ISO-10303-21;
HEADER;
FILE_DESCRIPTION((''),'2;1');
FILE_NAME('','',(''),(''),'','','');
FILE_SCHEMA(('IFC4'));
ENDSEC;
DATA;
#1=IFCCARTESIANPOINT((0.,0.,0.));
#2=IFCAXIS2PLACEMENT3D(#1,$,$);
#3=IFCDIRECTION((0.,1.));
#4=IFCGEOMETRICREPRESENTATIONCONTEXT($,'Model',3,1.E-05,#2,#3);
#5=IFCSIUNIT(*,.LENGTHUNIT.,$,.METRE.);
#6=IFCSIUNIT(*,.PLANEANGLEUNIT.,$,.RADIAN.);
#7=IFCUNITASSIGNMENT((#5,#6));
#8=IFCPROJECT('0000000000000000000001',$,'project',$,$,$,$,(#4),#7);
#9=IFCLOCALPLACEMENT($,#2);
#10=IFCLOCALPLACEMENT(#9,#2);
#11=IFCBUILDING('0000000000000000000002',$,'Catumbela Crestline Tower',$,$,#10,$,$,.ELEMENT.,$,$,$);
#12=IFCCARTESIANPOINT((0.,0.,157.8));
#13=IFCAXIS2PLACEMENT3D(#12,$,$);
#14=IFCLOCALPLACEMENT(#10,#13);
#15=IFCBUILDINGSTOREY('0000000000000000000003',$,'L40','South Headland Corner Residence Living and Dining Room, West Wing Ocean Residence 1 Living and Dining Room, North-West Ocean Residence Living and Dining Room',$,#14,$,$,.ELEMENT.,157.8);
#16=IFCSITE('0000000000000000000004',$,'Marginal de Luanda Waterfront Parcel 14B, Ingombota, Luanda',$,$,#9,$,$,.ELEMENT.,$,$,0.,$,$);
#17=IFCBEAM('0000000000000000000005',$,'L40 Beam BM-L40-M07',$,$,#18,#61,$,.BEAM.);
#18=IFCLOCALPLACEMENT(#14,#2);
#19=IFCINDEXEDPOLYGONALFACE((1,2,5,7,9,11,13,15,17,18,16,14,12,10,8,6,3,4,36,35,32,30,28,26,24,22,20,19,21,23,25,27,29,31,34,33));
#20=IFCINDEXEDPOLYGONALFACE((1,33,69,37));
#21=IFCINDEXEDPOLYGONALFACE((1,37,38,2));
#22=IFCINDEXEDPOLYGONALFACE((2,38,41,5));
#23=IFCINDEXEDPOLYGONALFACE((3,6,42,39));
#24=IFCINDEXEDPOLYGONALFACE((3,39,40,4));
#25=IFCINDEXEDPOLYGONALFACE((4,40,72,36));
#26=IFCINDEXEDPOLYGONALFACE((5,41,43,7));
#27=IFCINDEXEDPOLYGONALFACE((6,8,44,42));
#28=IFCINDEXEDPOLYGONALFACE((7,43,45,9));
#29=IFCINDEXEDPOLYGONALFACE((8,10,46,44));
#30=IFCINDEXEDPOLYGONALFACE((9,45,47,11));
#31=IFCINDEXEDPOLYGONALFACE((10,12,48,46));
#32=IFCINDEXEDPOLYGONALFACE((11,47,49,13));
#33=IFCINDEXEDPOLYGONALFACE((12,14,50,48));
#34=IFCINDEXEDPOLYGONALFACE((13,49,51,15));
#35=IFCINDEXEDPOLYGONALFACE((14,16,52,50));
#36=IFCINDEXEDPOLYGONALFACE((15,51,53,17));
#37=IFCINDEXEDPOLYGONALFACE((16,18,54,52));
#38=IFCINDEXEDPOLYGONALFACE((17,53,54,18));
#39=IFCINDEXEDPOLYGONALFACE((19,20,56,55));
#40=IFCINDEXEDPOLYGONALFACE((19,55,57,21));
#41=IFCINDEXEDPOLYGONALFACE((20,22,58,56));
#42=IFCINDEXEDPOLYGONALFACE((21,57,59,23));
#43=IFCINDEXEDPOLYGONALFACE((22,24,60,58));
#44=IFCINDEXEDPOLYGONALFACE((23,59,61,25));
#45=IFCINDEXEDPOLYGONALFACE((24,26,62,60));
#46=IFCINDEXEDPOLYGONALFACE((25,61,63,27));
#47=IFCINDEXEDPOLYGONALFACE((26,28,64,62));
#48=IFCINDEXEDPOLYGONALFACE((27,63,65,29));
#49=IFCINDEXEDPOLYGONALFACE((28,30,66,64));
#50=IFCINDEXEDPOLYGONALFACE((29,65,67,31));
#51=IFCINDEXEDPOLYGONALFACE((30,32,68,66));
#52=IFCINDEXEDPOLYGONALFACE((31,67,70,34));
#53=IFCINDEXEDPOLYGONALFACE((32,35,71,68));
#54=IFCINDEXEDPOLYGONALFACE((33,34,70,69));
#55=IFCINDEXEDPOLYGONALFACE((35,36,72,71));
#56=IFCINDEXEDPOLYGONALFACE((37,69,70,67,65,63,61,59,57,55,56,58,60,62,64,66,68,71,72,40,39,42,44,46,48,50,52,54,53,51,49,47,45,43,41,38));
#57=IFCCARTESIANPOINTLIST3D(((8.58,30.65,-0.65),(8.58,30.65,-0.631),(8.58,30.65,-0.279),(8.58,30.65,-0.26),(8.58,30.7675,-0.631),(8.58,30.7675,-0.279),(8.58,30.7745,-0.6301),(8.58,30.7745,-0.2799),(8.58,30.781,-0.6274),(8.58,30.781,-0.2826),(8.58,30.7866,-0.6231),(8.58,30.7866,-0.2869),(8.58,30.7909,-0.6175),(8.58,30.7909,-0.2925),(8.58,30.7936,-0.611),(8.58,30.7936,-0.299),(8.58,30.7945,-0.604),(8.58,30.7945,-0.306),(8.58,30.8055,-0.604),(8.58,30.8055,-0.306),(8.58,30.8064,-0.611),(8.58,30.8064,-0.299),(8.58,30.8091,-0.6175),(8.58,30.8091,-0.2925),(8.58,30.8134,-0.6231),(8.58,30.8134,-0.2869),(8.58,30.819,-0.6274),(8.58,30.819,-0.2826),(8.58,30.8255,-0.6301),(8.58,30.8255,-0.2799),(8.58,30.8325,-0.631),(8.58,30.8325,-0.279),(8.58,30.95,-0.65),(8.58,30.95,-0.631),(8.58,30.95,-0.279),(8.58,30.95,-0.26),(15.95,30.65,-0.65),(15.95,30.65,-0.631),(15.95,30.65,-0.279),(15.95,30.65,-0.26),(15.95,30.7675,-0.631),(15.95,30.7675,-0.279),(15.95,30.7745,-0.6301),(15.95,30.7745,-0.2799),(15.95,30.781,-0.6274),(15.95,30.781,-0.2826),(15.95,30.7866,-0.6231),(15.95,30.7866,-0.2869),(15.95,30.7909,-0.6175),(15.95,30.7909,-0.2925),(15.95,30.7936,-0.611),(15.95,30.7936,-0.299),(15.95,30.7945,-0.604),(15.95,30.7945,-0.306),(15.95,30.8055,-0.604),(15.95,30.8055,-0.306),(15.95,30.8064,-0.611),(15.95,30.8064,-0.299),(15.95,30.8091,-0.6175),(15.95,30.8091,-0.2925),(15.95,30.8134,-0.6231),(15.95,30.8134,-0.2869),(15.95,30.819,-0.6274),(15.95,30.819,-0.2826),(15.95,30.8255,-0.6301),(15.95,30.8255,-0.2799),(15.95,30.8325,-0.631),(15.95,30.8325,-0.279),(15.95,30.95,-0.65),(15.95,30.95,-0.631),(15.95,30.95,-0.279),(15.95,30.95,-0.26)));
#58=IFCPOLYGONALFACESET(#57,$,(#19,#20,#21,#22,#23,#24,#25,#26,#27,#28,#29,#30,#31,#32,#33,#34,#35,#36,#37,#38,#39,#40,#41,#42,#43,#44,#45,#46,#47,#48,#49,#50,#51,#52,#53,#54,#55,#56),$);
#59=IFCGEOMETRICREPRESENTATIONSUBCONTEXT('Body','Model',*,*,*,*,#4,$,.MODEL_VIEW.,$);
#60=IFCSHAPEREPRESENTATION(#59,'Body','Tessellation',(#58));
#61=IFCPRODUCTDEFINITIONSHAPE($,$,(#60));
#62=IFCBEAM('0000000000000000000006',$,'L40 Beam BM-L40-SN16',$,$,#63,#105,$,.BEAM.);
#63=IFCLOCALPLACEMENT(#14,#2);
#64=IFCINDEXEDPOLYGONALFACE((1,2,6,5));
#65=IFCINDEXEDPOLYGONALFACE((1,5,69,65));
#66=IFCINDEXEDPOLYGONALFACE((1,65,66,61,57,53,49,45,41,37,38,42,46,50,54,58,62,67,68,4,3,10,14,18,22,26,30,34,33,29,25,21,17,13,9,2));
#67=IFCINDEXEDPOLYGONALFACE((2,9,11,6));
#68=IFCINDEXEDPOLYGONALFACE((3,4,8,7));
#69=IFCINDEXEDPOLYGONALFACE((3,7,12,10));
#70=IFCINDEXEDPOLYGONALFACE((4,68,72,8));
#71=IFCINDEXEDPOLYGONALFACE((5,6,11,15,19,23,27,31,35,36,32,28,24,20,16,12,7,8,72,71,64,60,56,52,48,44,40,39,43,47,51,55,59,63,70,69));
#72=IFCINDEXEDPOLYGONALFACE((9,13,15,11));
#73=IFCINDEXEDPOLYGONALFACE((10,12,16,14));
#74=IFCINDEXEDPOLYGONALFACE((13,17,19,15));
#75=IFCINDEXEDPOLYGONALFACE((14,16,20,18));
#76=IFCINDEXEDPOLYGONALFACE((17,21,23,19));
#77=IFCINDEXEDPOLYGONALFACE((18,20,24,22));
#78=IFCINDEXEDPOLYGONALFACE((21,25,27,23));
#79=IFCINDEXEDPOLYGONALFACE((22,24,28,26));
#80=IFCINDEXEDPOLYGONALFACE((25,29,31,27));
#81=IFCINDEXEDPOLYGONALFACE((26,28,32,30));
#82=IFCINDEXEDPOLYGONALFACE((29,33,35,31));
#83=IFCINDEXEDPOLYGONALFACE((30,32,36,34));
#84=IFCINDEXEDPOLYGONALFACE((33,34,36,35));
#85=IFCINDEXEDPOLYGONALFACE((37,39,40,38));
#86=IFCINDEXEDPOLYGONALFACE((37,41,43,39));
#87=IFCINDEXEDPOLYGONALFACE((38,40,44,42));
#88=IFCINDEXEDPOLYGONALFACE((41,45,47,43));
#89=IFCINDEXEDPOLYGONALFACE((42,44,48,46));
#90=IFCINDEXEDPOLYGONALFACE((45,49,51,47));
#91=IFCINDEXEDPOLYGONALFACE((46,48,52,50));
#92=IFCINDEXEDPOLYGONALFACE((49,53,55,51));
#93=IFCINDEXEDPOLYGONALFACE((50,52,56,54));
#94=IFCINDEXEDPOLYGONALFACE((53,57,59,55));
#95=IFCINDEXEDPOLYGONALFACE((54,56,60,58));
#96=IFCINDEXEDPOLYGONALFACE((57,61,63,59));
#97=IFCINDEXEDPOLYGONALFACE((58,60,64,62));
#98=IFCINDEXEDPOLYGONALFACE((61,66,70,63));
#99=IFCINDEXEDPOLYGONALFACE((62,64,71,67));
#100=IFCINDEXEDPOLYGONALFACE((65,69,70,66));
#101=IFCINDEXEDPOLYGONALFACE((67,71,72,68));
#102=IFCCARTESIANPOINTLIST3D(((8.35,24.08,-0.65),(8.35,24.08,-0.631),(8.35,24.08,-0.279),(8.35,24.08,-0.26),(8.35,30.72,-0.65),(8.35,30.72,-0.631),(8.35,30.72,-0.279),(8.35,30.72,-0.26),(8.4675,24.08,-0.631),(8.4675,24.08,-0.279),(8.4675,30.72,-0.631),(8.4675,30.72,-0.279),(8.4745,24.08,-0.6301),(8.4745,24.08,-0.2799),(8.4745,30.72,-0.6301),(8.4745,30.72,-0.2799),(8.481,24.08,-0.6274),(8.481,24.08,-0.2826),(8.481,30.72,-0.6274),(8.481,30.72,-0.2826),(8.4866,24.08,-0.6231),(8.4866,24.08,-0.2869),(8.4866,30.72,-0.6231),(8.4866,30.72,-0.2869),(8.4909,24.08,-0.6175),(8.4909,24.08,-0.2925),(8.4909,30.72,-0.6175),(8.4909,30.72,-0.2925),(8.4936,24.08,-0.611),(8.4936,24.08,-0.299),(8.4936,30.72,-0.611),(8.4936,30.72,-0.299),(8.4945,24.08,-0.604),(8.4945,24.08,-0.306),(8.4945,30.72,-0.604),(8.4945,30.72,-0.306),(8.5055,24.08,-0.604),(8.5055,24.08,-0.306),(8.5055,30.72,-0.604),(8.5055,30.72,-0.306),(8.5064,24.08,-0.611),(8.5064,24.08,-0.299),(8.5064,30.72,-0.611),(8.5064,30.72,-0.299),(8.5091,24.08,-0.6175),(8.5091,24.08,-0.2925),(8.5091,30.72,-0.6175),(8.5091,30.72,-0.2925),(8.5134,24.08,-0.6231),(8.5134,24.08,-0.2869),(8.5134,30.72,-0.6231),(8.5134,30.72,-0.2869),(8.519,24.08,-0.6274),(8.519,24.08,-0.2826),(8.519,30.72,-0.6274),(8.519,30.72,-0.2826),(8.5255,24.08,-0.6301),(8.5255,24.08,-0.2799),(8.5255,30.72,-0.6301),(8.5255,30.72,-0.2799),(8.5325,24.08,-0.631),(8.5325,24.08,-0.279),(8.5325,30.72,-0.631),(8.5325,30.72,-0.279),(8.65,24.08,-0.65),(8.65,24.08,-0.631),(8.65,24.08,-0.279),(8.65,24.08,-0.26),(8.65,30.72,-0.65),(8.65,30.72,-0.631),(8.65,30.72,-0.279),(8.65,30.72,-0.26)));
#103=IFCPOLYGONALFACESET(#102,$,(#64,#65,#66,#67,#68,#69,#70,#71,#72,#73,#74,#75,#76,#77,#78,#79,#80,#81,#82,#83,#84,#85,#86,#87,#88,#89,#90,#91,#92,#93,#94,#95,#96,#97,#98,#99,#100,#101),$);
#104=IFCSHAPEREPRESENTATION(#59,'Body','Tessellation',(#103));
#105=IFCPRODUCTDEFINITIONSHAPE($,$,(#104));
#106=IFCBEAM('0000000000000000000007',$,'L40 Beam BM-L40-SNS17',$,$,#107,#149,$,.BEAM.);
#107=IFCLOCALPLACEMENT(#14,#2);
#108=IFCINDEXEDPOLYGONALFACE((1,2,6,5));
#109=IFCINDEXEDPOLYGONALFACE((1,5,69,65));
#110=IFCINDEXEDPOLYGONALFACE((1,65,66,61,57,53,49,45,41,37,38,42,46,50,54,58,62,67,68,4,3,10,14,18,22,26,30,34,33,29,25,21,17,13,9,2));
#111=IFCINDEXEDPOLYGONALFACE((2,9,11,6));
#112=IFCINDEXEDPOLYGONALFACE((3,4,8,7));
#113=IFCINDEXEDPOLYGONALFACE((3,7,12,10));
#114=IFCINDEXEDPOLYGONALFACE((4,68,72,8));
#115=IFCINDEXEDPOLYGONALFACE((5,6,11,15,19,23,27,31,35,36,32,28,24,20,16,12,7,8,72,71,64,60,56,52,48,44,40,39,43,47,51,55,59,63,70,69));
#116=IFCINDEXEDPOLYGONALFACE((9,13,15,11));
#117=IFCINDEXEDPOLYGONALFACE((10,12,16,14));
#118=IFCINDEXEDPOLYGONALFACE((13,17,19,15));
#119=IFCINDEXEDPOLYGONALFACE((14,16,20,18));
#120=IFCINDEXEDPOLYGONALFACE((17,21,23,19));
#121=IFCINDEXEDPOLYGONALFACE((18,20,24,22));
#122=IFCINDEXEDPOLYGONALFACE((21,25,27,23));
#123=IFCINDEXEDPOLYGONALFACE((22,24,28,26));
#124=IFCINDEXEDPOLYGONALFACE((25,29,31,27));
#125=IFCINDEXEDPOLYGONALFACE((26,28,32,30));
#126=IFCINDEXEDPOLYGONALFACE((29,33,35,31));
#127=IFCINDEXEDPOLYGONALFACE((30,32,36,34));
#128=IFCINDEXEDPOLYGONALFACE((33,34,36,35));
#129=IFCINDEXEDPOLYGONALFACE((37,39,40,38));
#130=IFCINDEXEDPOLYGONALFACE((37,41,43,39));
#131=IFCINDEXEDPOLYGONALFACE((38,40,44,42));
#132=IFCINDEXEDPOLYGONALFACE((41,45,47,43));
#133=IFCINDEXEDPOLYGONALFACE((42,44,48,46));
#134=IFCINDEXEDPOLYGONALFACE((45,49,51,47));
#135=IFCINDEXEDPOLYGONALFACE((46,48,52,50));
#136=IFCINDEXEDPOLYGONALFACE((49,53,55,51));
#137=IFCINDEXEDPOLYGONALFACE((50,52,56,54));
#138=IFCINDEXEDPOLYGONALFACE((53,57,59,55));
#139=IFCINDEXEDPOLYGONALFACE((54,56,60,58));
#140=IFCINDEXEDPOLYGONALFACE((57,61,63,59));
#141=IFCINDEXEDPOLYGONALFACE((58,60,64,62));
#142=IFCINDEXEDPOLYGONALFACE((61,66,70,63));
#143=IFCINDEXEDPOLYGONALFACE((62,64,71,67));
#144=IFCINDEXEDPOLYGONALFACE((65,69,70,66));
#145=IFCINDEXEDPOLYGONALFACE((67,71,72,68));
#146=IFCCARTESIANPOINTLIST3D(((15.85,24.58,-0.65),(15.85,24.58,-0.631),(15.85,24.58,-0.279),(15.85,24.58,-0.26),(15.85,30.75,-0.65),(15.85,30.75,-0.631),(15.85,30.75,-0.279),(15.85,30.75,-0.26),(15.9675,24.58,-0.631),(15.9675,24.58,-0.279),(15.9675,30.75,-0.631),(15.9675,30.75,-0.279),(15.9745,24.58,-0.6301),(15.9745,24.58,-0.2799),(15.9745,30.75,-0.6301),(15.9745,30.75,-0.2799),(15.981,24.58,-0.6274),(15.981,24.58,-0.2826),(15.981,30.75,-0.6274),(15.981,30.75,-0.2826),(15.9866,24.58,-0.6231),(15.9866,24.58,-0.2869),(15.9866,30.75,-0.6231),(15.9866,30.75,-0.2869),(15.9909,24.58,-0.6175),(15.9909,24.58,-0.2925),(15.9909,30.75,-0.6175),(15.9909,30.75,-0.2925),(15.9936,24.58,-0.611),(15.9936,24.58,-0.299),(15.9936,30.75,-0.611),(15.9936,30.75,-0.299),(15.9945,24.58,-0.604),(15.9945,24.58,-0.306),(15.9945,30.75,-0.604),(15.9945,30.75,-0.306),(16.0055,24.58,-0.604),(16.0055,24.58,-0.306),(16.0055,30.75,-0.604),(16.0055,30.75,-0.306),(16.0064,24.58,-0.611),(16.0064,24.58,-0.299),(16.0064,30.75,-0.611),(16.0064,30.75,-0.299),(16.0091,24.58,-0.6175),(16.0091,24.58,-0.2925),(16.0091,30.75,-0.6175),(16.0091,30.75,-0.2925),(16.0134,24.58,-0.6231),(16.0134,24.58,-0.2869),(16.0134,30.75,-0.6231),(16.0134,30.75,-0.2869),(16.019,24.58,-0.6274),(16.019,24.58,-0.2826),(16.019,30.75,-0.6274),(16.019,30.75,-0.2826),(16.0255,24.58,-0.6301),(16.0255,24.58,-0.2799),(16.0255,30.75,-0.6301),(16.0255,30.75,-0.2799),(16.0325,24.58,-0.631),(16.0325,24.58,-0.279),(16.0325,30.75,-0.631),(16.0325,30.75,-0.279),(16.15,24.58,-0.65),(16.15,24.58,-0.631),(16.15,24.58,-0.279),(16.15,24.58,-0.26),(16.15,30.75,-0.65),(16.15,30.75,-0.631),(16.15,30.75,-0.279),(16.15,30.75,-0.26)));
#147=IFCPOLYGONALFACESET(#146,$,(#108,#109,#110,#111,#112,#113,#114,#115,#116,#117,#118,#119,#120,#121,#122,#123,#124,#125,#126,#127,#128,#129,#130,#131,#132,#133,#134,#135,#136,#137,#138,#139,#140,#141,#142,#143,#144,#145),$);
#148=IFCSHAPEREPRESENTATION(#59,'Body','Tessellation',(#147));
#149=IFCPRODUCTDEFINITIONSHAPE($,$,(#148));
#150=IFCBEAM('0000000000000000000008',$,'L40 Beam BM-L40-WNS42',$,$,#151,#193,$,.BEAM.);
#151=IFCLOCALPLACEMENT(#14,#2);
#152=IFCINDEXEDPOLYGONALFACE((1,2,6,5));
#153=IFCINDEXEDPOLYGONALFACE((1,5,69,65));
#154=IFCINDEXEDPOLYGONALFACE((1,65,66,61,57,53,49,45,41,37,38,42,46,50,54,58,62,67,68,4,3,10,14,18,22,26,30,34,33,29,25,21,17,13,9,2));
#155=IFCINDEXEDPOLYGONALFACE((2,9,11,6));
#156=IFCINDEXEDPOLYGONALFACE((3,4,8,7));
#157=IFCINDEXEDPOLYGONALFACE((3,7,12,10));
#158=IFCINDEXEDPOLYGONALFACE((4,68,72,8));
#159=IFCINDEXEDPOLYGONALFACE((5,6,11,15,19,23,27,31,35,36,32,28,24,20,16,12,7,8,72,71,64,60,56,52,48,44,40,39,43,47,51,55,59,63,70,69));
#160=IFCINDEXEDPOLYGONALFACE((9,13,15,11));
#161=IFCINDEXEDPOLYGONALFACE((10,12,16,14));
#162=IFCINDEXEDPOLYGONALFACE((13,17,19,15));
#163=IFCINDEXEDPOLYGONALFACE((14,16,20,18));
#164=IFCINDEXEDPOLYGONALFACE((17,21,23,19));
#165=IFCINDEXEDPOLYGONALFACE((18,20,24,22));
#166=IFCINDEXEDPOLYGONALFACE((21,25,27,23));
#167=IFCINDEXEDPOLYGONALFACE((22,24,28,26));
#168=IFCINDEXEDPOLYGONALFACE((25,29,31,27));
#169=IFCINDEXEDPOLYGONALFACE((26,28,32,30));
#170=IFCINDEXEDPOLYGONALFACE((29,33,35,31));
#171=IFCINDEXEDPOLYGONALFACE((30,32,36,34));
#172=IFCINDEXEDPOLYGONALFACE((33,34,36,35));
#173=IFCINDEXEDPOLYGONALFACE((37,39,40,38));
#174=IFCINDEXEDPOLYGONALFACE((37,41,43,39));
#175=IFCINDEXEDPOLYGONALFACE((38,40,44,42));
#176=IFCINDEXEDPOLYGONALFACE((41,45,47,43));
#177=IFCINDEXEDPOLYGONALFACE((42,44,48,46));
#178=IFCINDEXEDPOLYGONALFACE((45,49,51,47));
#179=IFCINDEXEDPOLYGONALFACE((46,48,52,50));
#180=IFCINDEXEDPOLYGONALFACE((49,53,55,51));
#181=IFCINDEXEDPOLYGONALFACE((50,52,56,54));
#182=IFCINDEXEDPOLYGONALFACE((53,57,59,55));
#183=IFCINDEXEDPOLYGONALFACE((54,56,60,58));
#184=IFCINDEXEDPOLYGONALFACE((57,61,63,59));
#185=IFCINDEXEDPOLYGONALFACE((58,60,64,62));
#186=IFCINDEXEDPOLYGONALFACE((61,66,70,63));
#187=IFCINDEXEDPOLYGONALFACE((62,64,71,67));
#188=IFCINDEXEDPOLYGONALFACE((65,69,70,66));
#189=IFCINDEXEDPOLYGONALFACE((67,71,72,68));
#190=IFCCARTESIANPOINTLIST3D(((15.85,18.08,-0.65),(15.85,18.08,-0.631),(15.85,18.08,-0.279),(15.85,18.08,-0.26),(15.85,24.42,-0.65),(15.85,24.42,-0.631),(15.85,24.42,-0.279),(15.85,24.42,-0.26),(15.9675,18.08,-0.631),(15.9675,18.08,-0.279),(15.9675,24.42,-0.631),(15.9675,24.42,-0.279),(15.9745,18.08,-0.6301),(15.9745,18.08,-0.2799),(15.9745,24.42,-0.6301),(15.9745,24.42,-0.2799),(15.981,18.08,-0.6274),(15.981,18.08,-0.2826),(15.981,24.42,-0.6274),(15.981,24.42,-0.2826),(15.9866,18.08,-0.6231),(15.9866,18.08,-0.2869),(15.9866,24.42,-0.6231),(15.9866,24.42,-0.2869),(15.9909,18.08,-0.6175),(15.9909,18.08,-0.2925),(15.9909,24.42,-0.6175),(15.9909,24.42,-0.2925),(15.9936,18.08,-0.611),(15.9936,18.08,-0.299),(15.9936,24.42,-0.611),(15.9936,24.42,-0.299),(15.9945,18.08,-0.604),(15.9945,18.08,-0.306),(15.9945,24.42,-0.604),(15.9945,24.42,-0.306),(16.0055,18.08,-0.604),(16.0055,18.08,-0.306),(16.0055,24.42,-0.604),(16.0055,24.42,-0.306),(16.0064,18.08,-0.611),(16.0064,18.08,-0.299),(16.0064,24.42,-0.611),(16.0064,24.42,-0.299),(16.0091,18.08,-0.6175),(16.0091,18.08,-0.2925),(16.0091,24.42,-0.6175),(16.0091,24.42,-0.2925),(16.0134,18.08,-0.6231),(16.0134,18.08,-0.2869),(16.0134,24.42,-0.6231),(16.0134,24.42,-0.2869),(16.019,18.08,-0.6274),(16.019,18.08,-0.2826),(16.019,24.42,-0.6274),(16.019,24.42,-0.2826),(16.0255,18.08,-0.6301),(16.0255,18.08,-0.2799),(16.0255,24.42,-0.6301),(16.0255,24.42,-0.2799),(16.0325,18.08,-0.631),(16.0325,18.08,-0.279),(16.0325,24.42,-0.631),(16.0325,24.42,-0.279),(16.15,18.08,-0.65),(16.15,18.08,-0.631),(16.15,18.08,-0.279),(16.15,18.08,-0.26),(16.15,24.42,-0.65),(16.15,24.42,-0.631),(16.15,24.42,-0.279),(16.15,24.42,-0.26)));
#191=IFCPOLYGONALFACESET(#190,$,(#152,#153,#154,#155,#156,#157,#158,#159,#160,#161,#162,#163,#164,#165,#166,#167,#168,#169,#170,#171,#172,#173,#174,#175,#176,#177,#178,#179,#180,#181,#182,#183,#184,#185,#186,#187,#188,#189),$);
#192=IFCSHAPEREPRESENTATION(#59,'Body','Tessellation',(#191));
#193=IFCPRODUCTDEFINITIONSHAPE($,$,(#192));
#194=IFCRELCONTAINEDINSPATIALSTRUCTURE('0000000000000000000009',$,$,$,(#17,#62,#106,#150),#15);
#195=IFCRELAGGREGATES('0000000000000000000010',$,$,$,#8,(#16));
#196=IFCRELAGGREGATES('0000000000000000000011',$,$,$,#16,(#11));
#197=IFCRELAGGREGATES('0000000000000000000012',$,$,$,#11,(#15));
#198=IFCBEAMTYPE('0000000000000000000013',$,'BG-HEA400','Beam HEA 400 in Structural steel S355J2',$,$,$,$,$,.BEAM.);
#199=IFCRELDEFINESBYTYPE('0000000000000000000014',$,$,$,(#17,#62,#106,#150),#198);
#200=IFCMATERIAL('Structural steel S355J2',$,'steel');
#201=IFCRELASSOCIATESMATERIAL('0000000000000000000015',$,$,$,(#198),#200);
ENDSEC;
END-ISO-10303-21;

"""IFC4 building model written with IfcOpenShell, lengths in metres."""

from ifc_helpers import new_model, si_unit, direction, frame, origin, origin_2d, place, context, subcontext, project, spatial, i_section, extrude, material, material_profile, profile_set, type_object, element, save


model = new_model("IFC4")

# Units and contexts
model_context = context("Model", 3, precision=1e-05, world=origin(), true_north=direction((0.0, 1.0)))
body_context = subcontext(model_context, "Body", "Model", "MODEL_VIEW")
ifc_project = project(units=[si_unit("LENGTHUNIT", "METRE"), si_unit("PLANEANGLEUNIT", "RADIAN")], contexts=[model_context])

# Site, building, storey
site_placement = place(None, origin())
site = spatial("IfcSite", under=ifc_project, at=site_placement, Name="Marginal de Luanda Waterfront Parcel 14B, Ingombota, Luanda", CompositionType="ELEMENT", RefElevation=0.0)
building_placement = place(site_placement, origin())
building = spatial("IfcBuilding", under=site, at=building_placement, Name="Catumbela Crestline Tower", CompositionType="ELEMENT")
storey_placement = place(building_placement, frame((0.0, 0.0, 157.8)))
storey = spatial("IfcBuildingStorey", under=building, at=storey_placement, Name="L40", Description="South Headland Corner Residence Living and Dining Room, West Wing Ocean Residence 1 Living and Dining Room, North-West Ocean Residence Living and Dining Room", CompositionType="ELEMENT", Elevation=157.8)

# Beams
ifc_material_1 = material(Name="Structural steel S355J2", Category="steel")
ifc_material_profile_1 = material_profile(ifc_material_1, i_section(OverallWidth=0.3, OverallDepth=0.39, WebThickness=0.011, FlangeThickness=0.019, FilletRadius=0.027, at=origin_2d()), Name="HEA 400")
ifc_profile_set_1 = profile_set([ifc_material_profile_1], Name="Structural steel S355J2")
beam_type_1 = type_object("IfcBeamType", Name="BG-HEA400", Description="Beam HEA 400 in Structural steel S355J2", PredefinedType="BEAM", material=ifc_profile_set_1)
beam_1_placement = place(storey_placement, frame((8.58, 30.8, -0.455), z_axis=(1.0, 0.0, 0.0), x_axis=(0.0, 1.0, 0.0)))
element("IfcBeam", 1, at=beam_1_placement, inside=storey, type_object=beam_type_1, Name="L40 Beam BM-L40-M07", PredefinedType="BEAM", context=body_context, shape_type="SweptSolid", body=[
    extrude(i_section(OverallWidth=0.3, OverallDepth=0.39, WebThickness=0.011, FlangeThickness=0.019, FilletRadius=0.027, at=origin_2d()), origin(), (0.0, 0.0, 1.0), 7.37),
])
beam_2_placement = place(storey_placement, frame((8.5, 24.08, -0.455), z_axis=(0.0, 1.0, 0.0), x_axis=(-1.0, 0.0, 0.0)))
element("IfcBeam", 2, at=beam_2_placement, inside=storey, type_object=beam_type_1, Name="L40 Beam BM-L40-SN16", PredefinedType="BEAM", context=body_context, shape_type="SweptSolid", body=[
    extrude(i_section(OverallWidth=0.3, OverallDepth=0.39, WebThickness=0.011, FlangeThickness=0.019, FilletRadius=0.027, at=origin_2d()), origin(), (0.0, 0.0, 1.0), 6.64),
])
beam_3_placement = place(storey_placement, frame((16.0, 24.58, -0.455), z_axis=(0.0, 1.0, 0.0), x_axis=(-1.0, 0.0, 0.0)))
element("IfcBeam", 3, at=beam_3_placement, inside=storey, type_object=beam_type_1, Name="L40 Beam BM-L40-SNS17", PredefinedType="BEAM", context=body_context, shape_type="SweptSolid", body=[
    extrude(i_section(OverallWidth=0.3, OverallDepth=0.39, WebThickness=0.011, FlangeThickness=0.019, FilletRadius=0.027, at=origin_2d()), origin(), (0.0, 0.0, 1.0), 6.17),
])
beam_4_placement = place(storey_placement, frame((16.0, 18.08, -0.455), z_axis=(0.0, 1.0, 0.0), x_axis=(-1.0, 0.0, 0.0)))
element("IfcBeam", 4, at=beam_4_placement, inside=storey, type_object=beam_type_1, Name="L40 Beam BM-L40-WNS42", PredefinedType="BEAM", context=body_context, shape_type="SweptSolid", body=[
    extrude(i_section(OverallWidth=0.3, OverallDepth=0.39, WebThickness=0.011, FlangeThickness=0.019, FilletRadius=0.027, at=origin_2d()), origin(), (0.0, 0.0, 1.0), 6.34),
])

save(model, "model.ifc")
